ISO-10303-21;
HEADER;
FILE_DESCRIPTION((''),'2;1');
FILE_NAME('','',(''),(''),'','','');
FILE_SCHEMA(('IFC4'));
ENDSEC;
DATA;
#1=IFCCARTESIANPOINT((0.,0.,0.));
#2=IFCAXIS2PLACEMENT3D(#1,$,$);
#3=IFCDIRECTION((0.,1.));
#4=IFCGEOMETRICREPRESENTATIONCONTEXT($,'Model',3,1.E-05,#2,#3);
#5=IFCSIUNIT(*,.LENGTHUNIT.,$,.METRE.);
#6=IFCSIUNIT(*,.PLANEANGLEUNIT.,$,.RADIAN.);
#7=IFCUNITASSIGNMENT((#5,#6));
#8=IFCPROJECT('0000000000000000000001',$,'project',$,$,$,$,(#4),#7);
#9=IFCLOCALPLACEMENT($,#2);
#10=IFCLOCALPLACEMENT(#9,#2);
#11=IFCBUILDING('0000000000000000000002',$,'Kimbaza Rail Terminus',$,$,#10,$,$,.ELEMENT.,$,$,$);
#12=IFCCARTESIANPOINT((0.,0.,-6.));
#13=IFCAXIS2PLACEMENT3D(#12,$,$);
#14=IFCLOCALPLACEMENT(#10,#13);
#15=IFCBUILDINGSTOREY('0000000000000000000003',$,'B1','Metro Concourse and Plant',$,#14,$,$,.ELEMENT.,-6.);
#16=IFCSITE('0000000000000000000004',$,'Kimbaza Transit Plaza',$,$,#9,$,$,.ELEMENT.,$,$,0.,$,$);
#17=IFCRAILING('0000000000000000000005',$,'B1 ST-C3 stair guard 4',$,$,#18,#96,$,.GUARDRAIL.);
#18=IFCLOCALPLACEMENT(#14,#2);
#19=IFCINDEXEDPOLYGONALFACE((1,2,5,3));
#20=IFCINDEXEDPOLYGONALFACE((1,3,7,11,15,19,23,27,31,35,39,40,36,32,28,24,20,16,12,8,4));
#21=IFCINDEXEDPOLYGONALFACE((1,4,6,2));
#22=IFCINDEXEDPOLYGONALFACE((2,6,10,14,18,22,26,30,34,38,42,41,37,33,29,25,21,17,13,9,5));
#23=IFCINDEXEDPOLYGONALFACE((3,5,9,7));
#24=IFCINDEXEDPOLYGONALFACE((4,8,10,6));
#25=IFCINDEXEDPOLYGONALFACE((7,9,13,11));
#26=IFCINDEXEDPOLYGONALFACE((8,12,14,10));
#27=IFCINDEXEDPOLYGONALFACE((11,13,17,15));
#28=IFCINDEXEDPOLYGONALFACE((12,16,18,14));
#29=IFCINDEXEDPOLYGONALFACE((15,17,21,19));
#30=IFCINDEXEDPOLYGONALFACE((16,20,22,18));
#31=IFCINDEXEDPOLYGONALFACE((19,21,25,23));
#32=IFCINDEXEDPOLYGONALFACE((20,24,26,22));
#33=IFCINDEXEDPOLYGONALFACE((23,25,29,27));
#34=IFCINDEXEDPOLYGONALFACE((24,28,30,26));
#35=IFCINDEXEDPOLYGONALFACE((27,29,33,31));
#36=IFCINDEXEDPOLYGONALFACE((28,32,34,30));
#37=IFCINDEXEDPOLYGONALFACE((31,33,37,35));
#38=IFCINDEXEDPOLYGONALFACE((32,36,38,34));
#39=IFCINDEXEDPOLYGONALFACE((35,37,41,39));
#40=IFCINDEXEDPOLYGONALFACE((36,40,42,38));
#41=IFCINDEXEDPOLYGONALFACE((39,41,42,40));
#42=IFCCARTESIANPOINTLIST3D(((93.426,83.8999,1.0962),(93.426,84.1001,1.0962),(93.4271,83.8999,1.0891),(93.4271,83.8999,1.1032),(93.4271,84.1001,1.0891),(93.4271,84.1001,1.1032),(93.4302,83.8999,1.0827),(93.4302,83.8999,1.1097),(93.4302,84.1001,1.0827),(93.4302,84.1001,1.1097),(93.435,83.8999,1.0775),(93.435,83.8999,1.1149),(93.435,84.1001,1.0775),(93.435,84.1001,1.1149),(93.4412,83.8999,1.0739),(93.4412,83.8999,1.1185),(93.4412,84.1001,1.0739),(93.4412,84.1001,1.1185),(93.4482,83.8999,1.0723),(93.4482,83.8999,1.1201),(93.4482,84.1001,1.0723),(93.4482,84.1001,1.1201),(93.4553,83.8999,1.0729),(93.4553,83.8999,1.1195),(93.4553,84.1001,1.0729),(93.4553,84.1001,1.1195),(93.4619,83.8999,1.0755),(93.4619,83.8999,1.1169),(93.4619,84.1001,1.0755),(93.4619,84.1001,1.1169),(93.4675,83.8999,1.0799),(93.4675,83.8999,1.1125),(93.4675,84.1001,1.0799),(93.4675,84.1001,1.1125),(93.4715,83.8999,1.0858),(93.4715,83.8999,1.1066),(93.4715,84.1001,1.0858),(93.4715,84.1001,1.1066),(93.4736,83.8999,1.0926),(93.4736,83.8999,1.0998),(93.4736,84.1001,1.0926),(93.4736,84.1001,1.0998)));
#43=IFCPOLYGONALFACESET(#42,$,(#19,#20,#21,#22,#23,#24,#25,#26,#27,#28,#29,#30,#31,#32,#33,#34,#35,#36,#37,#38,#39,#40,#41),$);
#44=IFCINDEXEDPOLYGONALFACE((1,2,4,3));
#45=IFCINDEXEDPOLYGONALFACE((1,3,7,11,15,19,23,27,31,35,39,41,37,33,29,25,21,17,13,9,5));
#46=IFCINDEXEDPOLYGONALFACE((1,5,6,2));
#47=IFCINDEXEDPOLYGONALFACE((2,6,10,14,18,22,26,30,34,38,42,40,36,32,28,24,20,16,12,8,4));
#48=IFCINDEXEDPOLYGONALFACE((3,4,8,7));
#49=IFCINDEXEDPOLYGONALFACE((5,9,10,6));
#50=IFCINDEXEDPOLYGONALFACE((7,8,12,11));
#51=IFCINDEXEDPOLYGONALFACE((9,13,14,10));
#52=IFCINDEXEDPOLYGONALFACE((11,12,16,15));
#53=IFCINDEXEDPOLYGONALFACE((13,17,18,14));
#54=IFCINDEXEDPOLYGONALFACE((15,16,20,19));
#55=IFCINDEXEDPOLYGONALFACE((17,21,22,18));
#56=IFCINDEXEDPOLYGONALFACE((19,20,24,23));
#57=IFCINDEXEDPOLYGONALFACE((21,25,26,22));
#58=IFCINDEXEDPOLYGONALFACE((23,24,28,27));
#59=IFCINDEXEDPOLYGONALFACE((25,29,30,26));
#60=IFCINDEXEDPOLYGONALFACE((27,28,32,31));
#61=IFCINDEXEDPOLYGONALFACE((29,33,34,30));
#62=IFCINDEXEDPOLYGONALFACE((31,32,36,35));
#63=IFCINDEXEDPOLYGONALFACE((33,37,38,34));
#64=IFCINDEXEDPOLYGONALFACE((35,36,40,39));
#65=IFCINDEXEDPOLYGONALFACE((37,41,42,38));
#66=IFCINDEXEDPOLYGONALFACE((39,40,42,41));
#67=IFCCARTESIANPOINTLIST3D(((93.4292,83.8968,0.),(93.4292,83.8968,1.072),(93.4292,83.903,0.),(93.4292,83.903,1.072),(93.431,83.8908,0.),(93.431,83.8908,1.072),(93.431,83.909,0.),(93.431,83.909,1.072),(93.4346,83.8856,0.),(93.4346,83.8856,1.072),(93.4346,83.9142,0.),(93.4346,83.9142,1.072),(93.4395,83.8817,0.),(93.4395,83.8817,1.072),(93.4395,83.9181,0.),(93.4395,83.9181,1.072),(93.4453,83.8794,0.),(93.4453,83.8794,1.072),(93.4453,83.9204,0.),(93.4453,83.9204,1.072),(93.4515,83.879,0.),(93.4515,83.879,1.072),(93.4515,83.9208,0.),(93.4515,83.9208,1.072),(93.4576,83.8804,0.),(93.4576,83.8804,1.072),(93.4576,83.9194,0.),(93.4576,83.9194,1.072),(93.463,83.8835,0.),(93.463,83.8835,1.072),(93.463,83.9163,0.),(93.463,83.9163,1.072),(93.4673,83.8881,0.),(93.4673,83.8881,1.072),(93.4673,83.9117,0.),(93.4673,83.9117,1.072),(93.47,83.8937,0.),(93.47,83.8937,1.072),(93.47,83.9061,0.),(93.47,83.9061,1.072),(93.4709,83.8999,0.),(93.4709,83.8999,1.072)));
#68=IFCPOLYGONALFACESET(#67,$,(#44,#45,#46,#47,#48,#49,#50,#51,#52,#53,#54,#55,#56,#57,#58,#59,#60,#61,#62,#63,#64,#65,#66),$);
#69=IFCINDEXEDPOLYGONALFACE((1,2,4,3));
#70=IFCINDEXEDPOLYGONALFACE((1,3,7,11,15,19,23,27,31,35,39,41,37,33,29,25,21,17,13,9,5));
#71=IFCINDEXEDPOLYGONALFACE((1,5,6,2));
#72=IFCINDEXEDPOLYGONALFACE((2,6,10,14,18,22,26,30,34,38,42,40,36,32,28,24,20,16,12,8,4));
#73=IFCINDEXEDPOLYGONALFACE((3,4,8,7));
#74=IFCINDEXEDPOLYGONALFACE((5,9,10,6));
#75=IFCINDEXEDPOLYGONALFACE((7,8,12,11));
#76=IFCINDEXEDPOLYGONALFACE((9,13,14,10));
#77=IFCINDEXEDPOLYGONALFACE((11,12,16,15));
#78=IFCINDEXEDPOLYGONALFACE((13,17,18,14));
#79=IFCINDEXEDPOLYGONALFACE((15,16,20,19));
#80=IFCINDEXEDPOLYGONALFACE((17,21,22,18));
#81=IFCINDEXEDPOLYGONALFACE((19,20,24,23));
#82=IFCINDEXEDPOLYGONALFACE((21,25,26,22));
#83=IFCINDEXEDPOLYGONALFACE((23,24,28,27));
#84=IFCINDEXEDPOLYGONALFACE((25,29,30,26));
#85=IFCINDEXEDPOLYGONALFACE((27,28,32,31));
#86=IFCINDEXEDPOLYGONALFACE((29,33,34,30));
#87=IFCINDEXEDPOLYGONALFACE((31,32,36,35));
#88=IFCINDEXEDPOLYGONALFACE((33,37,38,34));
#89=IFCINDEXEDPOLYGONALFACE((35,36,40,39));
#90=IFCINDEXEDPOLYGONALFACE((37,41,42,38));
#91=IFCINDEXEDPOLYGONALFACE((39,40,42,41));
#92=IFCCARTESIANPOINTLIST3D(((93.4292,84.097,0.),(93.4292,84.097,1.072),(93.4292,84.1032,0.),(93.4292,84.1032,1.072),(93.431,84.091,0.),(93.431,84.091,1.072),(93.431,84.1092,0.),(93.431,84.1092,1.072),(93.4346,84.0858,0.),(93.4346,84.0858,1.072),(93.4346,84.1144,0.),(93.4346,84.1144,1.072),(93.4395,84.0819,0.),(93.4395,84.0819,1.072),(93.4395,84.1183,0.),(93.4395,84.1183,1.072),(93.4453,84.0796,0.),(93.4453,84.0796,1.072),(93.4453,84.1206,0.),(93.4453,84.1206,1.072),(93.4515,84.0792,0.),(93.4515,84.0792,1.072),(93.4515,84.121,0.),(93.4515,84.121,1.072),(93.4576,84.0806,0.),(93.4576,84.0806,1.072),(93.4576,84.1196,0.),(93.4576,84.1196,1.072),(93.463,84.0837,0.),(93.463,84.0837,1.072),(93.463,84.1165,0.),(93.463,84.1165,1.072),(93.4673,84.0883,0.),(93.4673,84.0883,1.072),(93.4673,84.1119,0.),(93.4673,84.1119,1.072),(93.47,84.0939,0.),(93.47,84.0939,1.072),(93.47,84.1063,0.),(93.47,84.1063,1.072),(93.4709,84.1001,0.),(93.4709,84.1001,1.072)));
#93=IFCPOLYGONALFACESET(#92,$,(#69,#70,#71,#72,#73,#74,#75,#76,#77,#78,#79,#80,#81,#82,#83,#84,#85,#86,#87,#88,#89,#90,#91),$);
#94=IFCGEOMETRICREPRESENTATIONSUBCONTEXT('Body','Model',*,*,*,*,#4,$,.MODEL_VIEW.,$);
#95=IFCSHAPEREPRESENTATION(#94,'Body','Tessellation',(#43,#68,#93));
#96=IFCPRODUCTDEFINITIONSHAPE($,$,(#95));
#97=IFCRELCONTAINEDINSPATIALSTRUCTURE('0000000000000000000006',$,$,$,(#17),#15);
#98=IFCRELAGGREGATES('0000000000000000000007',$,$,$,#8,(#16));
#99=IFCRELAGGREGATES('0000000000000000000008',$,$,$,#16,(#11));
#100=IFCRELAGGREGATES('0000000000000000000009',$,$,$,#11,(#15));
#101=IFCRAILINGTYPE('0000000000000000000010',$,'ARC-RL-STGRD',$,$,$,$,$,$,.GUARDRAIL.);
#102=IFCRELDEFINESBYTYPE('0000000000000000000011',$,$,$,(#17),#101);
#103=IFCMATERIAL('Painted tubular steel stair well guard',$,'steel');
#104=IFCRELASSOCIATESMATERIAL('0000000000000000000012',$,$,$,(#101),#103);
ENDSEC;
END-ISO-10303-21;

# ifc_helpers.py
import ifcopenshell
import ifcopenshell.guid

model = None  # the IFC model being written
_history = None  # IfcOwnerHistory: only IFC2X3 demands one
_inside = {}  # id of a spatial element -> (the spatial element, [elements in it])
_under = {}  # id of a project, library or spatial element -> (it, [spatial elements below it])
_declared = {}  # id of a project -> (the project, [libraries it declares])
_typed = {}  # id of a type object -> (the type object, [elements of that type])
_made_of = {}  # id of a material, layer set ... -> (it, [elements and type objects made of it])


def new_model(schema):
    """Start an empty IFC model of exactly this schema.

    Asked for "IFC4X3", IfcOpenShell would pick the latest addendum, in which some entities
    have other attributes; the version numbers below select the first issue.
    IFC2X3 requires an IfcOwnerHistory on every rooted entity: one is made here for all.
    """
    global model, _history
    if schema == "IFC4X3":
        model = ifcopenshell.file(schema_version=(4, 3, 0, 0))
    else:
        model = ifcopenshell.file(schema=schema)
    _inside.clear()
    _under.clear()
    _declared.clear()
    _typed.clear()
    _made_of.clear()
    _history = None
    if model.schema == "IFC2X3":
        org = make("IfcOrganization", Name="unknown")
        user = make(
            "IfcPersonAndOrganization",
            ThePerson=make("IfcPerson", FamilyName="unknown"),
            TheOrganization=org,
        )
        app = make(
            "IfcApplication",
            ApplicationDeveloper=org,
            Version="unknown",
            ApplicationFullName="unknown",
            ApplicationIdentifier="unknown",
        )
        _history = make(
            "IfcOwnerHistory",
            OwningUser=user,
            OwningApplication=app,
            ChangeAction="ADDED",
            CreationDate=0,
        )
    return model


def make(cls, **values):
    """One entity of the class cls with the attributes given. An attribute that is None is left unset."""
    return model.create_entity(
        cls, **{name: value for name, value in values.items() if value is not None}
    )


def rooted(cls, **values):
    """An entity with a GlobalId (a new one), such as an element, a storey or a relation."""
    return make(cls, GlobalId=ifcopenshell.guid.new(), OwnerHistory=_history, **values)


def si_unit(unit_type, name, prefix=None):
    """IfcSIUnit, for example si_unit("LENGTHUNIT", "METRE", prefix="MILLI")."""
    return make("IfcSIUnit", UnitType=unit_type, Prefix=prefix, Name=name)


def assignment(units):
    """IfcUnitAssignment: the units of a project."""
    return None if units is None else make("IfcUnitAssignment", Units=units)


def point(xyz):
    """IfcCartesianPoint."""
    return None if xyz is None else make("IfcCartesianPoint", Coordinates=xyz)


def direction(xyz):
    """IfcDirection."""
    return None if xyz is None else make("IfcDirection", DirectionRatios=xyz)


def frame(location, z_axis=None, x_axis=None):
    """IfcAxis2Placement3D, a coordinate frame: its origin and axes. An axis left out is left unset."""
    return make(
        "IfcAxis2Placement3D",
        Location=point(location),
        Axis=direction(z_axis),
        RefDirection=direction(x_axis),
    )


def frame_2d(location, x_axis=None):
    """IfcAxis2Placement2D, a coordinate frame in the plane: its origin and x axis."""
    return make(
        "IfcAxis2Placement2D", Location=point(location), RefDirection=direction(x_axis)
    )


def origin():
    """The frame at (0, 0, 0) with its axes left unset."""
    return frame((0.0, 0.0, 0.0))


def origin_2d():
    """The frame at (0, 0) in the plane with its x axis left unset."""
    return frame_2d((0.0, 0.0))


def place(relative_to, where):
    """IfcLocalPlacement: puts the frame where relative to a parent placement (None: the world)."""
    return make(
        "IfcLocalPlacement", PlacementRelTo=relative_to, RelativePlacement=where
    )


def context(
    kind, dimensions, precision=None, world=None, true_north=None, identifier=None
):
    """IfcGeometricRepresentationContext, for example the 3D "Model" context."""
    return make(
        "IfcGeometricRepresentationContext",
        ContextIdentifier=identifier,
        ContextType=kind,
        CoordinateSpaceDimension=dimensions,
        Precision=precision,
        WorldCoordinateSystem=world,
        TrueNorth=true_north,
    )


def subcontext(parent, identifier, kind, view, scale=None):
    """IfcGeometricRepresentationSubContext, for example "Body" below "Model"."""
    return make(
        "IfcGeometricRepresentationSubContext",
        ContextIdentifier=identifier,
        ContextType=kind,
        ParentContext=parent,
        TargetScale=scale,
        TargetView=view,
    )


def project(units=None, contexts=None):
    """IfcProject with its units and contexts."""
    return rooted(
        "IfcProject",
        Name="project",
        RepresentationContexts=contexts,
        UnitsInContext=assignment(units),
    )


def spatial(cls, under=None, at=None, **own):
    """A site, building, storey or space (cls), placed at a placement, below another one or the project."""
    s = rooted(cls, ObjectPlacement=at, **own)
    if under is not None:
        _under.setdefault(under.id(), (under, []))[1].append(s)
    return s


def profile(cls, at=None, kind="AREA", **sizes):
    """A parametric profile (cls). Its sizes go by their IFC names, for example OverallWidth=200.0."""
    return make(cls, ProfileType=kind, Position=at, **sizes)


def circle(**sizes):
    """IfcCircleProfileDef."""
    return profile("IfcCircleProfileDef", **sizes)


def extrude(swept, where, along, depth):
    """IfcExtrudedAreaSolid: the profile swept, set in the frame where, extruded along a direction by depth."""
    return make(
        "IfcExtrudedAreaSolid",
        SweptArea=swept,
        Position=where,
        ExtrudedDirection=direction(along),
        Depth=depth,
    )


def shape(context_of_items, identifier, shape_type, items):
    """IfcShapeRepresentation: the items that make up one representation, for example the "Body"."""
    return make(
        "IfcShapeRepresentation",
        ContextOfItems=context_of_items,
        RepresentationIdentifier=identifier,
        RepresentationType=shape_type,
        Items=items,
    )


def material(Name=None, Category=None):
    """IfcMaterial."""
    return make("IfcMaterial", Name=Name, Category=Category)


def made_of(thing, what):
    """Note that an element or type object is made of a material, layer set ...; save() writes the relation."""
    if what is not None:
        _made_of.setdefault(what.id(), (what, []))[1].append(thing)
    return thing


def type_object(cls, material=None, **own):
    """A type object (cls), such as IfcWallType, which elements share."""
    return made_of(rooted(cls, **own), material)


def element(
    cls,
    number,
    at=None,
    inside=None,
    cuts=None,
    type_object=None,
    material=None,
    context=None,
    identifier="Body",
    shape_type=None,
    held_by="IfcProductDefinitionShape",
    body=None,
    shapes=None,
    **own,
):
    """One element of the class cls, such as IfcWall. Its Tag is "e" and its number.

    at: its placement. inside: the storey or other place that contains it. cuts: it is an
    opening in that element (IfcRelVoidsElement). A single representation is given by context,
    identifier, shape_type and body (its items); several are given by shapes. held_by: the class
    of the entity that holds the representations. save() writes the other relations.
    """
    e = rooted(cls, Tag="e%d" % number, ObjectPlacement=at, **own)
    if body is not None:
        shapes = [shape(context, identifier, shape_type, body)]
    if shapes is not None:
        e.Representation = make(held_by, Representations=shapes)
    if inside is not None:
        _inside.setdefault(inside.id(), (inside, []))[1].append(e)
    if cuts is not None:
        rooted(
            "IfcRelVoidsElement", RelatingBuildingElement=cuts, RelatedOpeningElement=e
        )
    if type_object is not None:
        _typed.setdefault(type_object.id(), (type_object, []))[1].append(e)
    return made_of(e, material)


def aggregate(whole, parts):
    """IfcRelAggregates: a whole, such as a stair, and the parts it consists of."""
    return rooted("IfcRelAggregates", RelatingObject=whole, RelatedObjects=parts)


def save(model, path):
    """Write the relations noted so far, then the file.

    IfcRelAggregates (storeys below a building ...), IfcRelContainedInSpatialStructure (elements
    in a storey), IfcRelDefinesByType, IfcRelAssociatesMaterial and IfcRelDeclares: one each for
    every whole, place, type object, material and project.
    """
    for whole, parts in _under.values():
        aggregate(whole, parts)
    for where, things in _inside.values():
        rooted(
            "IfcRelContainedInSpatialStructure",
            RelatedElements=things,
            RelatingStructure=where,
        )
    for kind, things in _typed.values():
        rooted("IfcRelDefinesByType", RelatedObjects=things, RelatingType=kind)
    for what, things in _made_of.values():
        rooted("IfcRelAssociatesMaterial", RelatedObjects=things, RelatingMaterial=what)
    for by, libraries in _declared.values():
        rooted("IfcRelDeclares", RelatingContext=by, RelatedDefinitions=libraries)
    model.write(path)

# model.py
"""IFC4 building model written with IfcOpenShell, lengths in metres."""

from ifc_helpers import new_model, si_unit, direction, frame, origin, origin_2d, place, context, subcontext, project, spatial, circle, extrude, material, type_object, element, save


model = new_model("IFC4")

# Units and contexts
model_context = context("Model", 3, precision=1e-05, world=origin(), true_north=direction((0.0, 1.0)))
body_context = subcontext(model_context, "Body", "Model", "MODEL_VIEW")
ifc_project = project(units=[si_unit("LENGTHUNIT", "METRE"), si_unit("PLANEANGLEUNIT", "RADIAN")], contexts=[model_context])

# Site, building, storey
site_placement = place(None, origin())
site = spatial("IfcSite", under=ifc_project, at=site_placement, Name="Kimbaza Transit Plaza", CompositionType="ELEMENT", RefElevation=0.0)
building_placement = place(site_placement, origin())
building = spatial("IfcBuilding", under=site, at=building_placement, Name="Kimbaza Rail Terminus", CompositionType="ELEMENT")
storey_placement = place(building_placement, frame((0.0, 0.0, -6.0)))
storey = spatial("IfcBuildingStorey", under=building, at=storey_placement, Name="B1", Description="Metro Concourse and Plant", CompositionType="ELEMENT", Elevation=-6.0)

# Railing
ifc_material_1 = material(Name="Painted tubular steel stair well guard", Category="steel")
railing_type = type_object("IfcRailingType", Name="ARC-RL-STGRD", PredefinedType="GUARDRAIL", material=ifc_material_1)
railing_1_placement = place(storey_placement, frame((93.45, 83.8999, 0.0)))
element("IfcRailing", 1, at=railing_1_placement, inside=storey, type_object=railing_type, Name="B1 ST-C3 stair guard 4", PredefinedType="GUARDRAIL", context=body_context, shape_type="SweptSolid", body=[
    extrude(circle(Radius=0.0239, at=origin_2d()), frame((0.0, 0.0, 1.0962), z_axis=(0.0, 1.0, 0.0), x_axis=(-1.0, 0.0, 0.0)), (0.0, 0.0, 1.0), 0.2002),
    extrude(circle(Radius=0.021, at=origin_2d()), origin(), (0.0, 0.0, 1.0), 1.072),
    extrude(circle(Radius=0.021, at=origin_2d()), frame((0.0, 0.2002, 0.0)), (0.0, 0.0, 1.0), 1.072),
])

save(model, "model.ifc")
